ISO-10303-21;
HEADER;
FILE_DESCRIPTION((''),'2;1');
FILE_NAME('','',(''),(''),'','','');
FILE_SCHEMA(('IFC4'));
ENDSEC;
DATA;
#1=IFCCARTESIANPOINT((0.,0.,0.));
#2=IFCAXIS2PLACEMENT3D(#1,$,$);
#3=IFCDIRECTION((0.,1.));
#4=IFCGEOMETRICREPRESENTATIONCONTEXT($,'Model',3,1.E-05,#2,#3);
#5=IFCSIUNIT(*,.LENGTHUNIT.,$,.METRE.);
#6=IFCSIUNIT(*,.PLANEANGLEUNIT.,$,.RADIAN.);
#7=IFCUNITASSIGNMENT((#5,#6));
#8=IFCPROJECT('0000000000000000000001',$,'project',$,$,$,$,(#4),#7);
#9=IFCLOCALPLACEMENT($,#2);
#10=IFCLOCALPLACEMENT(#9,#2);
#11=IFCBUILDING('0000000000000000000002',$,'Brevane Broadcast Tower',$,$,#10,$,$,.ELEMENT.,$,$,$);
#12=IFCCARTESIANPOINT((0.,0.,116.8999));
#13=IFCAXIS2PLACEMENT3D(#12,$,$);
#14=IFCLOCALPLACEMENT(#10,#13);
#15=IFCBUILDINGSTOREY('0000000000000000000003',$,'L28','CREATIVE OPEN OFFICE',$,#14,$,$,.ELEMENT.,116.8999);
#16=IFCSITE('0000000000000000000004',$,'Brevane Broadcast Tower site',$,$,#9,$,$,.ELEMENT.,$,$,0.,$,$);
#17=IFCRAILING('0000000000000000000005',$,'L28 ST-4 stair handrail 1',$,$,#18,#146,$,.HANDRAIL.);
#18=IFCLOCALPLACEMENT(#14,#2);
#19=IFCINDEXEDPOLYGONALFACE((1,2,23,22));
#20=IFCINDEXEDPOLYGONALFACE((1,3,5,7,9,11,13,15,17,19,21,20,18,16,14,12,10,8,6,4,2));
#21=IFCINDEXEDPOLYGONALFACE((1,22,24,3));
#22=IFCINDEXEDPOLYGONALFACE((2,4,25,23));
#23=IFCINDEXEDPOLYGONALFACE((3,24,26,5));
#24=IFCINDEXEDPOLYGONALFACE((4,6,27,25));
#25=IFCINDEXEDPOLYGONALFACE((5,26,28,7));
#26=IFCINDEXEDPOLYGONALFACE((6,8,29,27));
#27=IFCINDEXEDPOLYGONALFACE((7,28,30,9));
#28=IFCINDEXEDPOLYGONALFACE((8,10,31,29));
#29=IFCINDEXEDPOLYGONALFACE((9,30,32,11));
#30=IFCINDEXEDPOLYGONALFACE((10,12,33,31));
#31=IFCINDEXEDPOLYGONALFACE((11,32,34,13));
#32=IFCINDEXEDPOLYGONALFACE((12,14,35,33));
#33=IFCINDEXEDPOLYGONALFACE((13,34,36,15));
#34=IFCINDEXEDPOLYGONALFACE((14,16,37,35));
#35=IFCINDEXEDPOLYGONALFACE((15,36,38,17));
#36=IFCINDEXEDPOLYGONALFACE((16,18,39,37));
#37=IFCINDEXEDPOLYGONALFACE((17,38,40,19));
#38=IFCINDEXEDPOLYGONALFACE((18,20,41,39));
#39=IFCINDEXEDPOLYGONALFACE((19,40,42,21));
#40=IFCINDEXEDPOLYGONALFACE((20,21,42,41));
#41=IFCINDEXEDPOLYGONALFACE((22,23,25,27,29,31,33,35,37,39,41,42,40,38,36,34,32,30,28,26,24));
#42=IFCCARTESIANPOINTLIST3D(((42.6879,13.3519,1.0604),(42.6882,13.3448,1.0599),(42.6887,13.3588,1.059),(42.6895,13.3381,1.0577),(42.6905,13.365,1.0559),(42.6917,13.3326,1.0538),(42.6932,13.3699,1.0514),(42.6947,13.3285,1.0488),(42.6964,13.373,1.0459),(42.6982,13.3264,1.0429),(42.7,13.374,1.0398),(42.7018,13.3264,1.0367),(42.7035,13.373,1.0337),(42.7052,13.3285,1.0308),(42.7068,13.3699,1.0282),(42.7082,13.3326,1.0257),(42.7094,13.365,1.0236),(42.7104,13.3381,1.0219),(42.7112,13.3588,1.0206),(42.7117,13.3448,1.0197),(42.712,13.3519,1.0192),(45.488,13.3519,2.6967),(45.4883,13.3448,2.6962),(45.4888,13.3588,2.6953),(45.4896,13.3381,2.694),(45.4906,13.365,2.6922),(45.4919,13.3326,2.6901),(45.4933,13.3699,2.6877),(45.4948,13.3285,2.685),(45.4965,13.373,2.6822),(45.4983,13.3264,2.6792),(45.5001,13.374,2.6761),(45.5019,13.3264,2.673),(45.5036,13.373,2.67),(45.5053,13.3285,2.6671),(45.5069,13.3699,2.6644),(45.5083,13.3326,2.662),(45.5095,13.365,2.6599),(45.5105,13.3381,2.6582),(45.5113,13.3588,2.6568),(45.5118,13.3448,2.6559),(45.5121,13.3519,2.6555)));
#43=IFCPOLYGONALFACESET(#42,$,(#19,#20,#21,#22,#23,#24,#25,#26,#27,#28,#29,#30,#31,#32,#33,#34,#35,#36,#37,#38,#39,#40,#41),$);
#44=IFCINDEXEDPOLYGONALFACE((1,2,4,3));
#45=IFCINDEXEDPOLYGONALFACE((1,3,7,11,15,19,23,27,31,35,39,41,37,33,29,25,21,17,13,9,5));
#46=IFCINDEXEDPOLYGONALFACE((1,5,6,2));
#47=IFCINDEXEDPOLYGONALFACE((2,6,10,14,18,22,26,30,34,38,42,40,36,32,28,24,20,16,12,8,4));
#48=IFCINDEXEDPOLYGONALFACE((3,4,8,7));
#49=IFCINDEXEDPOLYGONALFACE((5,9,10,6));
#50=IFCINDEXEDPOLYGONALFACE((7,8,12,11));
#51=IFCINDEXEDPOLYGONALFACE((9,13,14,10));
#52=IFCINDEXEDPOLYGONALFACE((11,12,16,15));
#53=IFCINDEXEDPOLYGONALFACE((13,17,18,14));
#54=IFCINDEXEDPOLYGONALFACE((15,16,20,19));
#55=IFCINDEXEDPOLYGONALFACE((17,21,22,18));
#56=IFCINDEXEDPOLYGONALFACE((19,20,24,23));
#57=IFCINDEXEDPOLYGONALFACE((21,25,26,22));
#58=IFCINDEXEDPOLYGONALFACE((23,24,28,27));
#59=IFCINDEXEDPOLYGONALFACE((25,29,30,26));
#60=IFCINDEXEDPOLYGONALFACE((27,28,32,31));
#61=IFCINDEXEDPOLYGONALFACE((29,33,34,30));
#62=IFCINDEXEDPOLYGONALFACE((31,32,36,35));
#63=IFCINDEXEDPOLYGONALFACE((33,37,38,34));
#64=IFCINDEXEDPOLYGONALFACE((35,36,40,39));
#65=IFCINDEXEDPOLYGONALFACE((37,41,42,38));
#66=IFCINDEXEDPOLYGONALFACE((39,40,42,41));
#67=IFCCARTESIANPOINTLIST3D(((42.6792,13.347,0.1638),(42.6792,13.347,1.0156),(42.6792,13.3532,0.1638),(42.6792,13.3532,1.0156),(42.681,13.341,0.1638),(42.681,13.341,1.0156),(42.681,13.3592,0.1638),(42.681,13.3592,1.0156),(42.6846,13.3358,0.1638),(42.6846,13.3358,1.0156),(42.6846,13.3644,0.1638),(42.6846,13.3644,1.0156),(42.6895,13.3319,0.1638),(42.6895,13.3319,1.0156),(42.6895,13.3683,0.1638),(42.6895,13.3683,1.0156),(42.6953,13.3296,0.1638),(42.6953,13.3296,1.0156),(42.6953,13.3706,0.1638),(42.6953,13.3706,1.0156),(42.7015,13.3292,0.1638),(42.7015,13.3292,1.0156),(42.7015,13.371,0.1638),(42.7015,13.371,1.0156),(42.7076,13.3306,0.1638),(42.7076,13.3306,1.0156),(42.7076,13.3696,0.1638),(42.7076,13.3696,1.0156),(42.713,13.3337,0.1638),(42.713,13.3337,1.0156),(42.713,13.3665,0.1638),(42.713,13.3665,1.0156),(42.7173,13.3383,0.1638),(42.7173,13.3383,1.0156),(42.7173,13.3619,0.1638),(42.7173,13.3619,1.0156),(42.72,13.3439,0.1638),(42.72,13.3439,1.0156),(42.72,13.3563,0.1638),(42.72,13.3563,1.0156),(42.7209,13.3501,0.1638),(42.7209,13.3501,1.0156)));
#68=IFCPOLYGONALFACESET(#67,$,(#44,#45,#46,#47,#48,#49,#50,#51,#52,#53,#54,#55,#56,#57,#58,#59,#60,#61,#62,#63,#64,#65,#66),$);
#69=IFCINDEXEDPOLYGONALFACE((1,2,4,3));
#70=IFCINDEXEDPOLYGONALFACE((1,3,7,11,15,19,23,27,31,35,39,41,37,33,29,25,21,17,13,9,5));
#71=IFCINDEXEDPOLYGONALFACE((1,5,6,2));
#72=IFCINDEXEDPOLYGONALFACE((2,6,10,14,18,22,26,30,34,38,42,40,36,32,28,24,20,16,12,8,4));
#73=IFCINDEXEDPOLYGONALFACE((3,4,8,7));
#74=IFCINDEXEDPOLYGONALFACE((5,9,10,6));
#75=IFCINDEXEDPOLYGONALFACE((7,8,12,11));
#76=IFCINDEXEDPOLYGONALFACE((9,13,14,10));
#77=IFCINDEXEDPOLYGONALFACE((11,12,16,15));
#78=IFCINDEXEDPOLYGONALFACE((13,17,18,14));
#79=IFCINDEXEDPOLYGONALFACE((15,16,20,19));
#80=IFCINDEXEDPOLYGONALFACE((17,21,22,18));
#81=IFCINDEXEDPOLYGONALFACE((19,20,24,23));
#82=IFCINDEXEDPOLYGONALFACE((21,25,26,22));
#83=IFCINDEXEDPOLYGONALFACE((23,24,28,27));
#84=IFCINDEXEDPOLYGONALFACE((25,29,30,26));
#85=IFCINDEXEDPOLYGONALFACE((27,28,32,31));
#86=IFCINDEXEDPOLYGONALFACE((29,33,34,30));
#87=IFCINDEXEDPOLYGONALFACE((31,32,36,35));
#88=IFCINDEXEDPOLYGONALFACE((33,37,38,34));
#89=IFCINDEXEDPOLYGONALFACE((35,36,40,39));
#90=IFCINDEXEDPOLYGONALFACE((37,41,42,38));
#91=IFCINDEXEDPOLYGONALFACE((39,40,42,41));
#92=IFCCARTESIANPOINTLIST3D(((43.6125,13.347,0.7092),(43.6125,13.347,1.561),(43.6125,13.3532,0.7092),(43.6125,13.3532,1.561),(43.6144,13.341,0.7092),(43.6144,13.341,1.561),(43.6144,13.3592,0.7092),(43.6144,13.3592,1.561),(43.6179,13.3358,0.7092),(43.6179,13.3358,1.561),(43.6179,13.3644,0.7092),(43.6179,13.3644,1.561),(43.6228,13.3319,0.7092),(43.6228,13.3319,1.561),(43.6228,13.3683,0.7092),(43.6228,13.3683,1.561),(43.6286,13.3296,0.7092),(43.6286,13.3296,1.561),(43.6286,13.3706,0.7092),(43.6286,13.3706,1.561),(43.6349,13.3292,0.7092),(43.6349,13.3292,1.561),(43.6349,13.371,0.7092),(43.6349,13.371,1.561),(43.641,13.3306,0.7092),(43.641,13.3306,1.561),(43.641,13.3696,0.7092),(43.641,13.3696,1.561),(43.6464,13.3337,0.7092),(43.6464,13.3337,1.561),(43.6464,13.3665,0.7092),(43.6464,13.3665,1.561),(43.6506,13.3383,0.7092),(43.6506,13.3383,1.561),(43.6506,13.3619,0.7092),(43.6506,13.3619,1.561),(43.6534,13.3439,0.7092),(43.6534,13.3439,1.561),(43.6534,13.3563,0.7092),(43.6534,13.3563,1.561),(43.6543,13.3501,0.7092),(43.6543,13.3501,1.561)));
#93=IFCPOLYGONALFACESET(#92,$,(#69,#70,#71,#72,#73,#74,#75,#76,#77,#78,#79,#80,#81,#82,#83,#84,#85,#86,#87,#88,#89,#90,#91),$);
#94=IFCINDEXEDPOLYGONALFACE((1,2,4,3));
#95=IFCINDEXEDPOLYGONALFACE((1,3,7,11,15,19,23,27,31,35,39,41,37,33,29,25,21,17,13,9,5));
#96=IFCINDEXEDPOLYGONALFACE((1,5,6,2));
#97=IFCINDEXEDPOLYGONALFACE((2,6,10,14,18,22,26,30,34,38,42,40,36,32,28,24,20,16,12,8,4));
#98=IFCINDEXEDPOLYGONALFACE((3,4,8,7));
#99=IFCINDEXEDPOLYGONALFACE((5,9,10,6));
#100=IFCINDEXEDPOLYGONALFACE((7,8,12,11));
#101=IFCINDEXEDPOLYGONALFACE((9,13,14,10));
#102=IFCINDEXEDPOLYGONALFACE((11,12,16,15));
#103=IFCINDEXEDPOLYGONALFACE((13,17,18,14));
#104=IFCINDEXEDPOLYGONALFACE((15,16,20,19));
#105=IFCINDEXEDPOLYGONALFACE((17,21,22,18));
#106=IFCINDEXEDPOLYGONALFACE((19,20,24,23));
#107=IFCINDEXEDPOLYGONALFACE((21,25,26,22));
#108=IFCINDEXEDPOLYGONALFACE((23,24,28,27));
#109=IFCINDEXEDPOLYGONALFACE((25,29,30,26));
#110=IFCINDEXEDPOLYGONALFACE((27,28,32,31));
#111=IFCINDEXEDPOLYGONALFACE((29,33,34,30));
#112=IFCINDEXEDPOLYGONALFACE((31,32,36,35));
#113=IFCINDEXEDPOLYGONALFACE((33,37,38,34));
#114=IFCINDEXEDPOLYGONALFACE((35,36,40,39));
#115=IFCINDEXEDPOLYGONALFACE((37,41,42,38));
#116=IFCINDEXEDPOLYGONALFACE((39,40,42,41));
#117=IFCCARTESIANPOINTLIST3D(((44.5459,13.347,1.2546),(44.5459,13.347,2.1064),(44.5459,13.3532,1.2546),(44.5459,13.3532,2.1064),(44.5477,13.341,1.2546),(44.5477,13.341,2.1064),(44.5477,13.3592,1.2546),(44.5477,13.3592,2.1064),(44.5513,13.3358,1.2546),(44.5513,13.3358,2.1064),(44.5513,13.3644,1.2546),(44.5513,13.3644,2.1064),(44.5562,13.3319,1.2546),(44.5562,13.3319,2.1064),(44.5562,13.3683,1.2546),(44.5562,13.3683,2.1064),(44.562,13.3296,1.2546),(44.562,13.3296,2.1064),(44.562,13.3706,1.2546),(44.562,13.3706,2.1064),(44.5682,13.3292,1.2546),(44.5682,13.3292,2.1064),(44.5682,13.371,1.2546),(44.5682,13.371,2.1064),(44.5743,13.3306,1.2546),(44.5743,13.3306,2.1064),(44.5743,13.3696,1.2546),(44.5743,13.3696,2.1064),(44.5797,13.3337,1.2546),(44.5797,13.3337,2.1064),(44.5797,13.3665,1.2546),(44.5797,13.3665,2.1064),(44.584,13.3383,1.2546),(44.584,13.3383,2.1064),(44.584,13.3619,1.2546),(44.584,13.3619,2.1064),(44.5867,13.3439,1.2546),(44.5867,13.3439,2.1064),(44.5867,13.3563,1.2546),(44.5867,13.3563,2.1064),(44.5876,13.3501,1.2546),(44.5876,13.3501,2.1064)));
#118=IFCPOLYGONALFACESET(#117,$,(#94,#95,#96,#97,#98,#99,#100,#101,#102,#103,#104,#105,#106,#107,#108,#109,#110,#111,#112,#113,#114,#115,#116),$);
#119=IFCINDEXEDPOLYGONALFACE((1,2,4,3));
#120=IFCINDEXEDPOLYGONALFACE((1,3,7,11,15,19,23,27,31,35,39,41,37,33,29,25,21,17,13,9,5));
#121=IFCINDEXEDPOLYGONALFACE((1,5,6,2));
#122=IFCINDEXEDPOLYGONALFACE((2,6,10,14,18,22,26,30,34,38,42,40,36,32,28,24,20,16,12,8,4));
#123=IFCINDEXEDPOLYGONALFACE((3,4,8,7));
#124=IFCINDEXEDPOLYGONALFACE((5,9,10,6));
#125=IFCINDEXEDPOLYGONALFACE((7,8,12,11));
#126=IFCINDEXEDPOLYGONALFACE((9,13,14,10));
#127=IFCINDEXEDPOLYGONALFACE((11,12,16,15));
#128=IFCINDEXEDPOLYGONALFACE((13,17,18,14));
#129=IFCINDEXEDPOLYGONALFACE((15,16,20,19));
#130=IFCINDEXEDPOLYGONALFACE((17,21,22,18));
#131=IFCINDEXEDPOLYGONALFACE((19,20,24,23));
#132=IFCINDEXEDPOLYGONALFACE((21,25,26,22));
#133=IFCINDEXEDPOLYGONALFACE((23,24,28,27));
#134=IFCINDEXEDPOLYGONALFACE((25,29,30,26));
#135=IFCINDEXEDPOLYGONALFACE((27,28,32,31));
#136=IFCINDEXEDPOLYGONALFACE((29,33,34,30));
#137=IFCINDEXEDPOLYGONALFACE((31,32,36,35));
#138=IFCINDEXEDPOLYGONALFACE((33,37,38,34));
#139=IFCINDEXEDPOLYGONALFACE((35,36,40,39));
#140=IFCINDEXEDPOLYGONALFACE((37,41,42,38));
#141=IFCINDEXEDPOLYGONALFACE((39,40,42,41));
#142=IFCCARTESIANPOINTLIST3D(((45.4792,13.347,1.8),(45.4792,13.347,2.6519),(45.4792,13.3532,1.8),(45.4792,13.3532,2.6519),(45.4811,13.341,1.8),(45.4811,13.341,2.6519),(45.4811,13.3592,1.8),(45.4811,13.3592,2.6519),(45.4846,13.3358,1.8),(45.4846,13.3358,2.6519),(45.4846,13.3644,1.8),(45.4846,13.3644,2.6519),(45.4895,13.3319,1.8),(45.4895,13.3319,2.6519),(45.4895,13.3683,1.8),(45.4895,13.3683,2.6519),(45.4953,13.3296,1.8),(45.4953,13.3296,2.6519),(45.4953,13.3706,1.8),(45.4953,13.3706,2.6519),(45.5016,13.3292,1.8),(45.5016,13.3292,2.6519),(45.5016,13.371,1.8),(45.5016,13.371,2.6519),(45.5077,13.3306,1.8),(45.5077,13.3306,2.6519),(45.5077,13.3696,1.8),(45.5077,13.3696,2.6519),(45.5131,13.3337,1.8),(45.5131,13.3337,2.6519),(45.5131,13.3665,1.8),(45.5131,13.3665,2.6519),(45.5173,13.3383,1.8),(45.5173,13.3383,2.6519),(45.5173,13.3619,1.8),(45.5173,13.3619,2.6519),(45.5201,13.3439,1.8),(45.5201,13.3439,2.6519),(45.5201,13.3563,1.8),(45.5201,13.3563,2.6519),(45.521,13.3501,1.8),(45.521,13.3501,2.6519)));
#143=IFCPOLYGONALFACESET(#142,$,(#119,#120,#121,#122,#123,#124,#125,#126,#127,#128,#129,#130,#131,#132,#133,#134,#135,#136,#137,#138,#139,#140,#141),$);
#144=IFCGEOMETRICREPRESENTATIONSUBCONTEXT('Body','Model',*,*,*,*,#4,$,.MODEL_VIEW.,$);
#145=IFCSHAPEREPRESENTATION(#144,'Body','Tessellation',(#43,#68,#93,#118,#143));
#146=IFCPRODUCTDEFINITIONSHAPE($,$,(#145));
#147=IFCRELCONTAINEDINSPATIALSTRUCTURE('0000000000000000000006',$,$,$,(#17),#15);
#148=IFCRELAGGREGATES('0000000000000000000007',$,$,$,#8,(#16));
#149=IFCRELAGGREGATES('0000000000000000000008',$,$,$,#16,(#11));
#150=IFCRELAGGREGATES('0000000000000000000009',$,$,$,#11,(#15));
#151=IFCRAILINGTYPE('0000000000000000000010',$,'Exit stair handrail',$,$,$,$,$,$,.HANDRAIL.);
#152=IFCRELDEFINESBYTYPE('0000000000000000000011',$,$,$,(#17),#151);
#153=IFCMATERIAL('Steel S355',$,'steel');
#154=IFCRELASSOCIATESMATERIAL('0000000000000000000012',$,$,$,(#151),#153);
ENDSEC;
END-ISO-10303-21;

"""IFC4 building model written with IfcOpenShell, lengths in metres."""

from ifc_helpers import new_model, si_unit, direction, frame, origin, origin_2d, place, context, subcontext, project, spatial, circle, extrude, material, type_object, element, save


model = new_model("IFC4")

# Units and contexts
model_context = context("Model", 3, precision=1e-05, world=origin(), true_north=direction((0.0, 1.0)))
body_context = subcontext(model_context, "Body", "Model", "MODEL_VIEW")
ifc_project = project(units=[si_unit("LENGTHUNIT", "METRE"), si_unit("PLANEANGLEUNIT", "RADIAN")], contexts=[model_context])

# Site, building, storey
site_placement = place(None, origin())
site = spatial("IfcSite", under=ifc_project, at=site_placement, Name="Brevane Broadcast Tower site", CompositionType="ELEMENT", RefElevation=0.0)
building_placement = place(site_placement, origin())
building = spatial("IfcBuilding", under=site, at=building_placement, Name="Brevane Broadcast Tower", CompositionType="ELEMENT")
storey_placement = place(building_placement, frame((0.0, 0.0, 116.8999)))
storey = spatial("IfcBuildingStorey", under=building, at=storey_placement, Name="L28", Description="CREATIVE OPEN OFFICE", CompositionType="ELEMENT", Elevation=116.8999)

# Railing
ifc_material_1 = material(Name="Steel S355", Category="steel")
railing_type_1 = type_object("IfcRailingType", Name="Exit stair handrail", PredefinedType="HANDRAIL", material=ifc_material_1)
railing_1_placement = place(storey_placement, frame((42.7, 13.3501, 0.1638)))
element("IfcRailing", 1, at=railing_1_placement, inside=storey, type_object=railing_type_1, Name="L28 ST-4 stair handrail 1", PredefinedType="HANDRAIL", context=body_context, shape_type="SweptSolid", body=[
    extrude(circle(Radius=0.0239, at=origin_2d()), frame((0.0, 0.0, 0.876), z_axis=(0.863394, 0.0, 0.504531), x_axis=(0.0, 1.0, 0.0)), (0.0, 0.0, 1.0), 3.2432),
    extrude(circle(Radius=0.021, at=origin_2d()), origin(), (0.0, 0.0, 1.0), 0.8518),
    extrude(circle(Radius=0.021, at=origin_2d()), frame((0.9333, 0.0, 0.5454)), (0.0, 0.0, 1.0), 0.8518),
    extrude(circle(Radius=0.021, at=origin_2d()), frame((1.8667, 0.0, 1.0908)), (0.0, 0.0, 1.0), 0.8518),
    extrude(circle(Radius=0.021, at=origin_2d()), frame((2.8, 0.0, 1.6362)), (0.0, 0.0, 1.0), 0.8518),
])

save(model, "model.ifc")
